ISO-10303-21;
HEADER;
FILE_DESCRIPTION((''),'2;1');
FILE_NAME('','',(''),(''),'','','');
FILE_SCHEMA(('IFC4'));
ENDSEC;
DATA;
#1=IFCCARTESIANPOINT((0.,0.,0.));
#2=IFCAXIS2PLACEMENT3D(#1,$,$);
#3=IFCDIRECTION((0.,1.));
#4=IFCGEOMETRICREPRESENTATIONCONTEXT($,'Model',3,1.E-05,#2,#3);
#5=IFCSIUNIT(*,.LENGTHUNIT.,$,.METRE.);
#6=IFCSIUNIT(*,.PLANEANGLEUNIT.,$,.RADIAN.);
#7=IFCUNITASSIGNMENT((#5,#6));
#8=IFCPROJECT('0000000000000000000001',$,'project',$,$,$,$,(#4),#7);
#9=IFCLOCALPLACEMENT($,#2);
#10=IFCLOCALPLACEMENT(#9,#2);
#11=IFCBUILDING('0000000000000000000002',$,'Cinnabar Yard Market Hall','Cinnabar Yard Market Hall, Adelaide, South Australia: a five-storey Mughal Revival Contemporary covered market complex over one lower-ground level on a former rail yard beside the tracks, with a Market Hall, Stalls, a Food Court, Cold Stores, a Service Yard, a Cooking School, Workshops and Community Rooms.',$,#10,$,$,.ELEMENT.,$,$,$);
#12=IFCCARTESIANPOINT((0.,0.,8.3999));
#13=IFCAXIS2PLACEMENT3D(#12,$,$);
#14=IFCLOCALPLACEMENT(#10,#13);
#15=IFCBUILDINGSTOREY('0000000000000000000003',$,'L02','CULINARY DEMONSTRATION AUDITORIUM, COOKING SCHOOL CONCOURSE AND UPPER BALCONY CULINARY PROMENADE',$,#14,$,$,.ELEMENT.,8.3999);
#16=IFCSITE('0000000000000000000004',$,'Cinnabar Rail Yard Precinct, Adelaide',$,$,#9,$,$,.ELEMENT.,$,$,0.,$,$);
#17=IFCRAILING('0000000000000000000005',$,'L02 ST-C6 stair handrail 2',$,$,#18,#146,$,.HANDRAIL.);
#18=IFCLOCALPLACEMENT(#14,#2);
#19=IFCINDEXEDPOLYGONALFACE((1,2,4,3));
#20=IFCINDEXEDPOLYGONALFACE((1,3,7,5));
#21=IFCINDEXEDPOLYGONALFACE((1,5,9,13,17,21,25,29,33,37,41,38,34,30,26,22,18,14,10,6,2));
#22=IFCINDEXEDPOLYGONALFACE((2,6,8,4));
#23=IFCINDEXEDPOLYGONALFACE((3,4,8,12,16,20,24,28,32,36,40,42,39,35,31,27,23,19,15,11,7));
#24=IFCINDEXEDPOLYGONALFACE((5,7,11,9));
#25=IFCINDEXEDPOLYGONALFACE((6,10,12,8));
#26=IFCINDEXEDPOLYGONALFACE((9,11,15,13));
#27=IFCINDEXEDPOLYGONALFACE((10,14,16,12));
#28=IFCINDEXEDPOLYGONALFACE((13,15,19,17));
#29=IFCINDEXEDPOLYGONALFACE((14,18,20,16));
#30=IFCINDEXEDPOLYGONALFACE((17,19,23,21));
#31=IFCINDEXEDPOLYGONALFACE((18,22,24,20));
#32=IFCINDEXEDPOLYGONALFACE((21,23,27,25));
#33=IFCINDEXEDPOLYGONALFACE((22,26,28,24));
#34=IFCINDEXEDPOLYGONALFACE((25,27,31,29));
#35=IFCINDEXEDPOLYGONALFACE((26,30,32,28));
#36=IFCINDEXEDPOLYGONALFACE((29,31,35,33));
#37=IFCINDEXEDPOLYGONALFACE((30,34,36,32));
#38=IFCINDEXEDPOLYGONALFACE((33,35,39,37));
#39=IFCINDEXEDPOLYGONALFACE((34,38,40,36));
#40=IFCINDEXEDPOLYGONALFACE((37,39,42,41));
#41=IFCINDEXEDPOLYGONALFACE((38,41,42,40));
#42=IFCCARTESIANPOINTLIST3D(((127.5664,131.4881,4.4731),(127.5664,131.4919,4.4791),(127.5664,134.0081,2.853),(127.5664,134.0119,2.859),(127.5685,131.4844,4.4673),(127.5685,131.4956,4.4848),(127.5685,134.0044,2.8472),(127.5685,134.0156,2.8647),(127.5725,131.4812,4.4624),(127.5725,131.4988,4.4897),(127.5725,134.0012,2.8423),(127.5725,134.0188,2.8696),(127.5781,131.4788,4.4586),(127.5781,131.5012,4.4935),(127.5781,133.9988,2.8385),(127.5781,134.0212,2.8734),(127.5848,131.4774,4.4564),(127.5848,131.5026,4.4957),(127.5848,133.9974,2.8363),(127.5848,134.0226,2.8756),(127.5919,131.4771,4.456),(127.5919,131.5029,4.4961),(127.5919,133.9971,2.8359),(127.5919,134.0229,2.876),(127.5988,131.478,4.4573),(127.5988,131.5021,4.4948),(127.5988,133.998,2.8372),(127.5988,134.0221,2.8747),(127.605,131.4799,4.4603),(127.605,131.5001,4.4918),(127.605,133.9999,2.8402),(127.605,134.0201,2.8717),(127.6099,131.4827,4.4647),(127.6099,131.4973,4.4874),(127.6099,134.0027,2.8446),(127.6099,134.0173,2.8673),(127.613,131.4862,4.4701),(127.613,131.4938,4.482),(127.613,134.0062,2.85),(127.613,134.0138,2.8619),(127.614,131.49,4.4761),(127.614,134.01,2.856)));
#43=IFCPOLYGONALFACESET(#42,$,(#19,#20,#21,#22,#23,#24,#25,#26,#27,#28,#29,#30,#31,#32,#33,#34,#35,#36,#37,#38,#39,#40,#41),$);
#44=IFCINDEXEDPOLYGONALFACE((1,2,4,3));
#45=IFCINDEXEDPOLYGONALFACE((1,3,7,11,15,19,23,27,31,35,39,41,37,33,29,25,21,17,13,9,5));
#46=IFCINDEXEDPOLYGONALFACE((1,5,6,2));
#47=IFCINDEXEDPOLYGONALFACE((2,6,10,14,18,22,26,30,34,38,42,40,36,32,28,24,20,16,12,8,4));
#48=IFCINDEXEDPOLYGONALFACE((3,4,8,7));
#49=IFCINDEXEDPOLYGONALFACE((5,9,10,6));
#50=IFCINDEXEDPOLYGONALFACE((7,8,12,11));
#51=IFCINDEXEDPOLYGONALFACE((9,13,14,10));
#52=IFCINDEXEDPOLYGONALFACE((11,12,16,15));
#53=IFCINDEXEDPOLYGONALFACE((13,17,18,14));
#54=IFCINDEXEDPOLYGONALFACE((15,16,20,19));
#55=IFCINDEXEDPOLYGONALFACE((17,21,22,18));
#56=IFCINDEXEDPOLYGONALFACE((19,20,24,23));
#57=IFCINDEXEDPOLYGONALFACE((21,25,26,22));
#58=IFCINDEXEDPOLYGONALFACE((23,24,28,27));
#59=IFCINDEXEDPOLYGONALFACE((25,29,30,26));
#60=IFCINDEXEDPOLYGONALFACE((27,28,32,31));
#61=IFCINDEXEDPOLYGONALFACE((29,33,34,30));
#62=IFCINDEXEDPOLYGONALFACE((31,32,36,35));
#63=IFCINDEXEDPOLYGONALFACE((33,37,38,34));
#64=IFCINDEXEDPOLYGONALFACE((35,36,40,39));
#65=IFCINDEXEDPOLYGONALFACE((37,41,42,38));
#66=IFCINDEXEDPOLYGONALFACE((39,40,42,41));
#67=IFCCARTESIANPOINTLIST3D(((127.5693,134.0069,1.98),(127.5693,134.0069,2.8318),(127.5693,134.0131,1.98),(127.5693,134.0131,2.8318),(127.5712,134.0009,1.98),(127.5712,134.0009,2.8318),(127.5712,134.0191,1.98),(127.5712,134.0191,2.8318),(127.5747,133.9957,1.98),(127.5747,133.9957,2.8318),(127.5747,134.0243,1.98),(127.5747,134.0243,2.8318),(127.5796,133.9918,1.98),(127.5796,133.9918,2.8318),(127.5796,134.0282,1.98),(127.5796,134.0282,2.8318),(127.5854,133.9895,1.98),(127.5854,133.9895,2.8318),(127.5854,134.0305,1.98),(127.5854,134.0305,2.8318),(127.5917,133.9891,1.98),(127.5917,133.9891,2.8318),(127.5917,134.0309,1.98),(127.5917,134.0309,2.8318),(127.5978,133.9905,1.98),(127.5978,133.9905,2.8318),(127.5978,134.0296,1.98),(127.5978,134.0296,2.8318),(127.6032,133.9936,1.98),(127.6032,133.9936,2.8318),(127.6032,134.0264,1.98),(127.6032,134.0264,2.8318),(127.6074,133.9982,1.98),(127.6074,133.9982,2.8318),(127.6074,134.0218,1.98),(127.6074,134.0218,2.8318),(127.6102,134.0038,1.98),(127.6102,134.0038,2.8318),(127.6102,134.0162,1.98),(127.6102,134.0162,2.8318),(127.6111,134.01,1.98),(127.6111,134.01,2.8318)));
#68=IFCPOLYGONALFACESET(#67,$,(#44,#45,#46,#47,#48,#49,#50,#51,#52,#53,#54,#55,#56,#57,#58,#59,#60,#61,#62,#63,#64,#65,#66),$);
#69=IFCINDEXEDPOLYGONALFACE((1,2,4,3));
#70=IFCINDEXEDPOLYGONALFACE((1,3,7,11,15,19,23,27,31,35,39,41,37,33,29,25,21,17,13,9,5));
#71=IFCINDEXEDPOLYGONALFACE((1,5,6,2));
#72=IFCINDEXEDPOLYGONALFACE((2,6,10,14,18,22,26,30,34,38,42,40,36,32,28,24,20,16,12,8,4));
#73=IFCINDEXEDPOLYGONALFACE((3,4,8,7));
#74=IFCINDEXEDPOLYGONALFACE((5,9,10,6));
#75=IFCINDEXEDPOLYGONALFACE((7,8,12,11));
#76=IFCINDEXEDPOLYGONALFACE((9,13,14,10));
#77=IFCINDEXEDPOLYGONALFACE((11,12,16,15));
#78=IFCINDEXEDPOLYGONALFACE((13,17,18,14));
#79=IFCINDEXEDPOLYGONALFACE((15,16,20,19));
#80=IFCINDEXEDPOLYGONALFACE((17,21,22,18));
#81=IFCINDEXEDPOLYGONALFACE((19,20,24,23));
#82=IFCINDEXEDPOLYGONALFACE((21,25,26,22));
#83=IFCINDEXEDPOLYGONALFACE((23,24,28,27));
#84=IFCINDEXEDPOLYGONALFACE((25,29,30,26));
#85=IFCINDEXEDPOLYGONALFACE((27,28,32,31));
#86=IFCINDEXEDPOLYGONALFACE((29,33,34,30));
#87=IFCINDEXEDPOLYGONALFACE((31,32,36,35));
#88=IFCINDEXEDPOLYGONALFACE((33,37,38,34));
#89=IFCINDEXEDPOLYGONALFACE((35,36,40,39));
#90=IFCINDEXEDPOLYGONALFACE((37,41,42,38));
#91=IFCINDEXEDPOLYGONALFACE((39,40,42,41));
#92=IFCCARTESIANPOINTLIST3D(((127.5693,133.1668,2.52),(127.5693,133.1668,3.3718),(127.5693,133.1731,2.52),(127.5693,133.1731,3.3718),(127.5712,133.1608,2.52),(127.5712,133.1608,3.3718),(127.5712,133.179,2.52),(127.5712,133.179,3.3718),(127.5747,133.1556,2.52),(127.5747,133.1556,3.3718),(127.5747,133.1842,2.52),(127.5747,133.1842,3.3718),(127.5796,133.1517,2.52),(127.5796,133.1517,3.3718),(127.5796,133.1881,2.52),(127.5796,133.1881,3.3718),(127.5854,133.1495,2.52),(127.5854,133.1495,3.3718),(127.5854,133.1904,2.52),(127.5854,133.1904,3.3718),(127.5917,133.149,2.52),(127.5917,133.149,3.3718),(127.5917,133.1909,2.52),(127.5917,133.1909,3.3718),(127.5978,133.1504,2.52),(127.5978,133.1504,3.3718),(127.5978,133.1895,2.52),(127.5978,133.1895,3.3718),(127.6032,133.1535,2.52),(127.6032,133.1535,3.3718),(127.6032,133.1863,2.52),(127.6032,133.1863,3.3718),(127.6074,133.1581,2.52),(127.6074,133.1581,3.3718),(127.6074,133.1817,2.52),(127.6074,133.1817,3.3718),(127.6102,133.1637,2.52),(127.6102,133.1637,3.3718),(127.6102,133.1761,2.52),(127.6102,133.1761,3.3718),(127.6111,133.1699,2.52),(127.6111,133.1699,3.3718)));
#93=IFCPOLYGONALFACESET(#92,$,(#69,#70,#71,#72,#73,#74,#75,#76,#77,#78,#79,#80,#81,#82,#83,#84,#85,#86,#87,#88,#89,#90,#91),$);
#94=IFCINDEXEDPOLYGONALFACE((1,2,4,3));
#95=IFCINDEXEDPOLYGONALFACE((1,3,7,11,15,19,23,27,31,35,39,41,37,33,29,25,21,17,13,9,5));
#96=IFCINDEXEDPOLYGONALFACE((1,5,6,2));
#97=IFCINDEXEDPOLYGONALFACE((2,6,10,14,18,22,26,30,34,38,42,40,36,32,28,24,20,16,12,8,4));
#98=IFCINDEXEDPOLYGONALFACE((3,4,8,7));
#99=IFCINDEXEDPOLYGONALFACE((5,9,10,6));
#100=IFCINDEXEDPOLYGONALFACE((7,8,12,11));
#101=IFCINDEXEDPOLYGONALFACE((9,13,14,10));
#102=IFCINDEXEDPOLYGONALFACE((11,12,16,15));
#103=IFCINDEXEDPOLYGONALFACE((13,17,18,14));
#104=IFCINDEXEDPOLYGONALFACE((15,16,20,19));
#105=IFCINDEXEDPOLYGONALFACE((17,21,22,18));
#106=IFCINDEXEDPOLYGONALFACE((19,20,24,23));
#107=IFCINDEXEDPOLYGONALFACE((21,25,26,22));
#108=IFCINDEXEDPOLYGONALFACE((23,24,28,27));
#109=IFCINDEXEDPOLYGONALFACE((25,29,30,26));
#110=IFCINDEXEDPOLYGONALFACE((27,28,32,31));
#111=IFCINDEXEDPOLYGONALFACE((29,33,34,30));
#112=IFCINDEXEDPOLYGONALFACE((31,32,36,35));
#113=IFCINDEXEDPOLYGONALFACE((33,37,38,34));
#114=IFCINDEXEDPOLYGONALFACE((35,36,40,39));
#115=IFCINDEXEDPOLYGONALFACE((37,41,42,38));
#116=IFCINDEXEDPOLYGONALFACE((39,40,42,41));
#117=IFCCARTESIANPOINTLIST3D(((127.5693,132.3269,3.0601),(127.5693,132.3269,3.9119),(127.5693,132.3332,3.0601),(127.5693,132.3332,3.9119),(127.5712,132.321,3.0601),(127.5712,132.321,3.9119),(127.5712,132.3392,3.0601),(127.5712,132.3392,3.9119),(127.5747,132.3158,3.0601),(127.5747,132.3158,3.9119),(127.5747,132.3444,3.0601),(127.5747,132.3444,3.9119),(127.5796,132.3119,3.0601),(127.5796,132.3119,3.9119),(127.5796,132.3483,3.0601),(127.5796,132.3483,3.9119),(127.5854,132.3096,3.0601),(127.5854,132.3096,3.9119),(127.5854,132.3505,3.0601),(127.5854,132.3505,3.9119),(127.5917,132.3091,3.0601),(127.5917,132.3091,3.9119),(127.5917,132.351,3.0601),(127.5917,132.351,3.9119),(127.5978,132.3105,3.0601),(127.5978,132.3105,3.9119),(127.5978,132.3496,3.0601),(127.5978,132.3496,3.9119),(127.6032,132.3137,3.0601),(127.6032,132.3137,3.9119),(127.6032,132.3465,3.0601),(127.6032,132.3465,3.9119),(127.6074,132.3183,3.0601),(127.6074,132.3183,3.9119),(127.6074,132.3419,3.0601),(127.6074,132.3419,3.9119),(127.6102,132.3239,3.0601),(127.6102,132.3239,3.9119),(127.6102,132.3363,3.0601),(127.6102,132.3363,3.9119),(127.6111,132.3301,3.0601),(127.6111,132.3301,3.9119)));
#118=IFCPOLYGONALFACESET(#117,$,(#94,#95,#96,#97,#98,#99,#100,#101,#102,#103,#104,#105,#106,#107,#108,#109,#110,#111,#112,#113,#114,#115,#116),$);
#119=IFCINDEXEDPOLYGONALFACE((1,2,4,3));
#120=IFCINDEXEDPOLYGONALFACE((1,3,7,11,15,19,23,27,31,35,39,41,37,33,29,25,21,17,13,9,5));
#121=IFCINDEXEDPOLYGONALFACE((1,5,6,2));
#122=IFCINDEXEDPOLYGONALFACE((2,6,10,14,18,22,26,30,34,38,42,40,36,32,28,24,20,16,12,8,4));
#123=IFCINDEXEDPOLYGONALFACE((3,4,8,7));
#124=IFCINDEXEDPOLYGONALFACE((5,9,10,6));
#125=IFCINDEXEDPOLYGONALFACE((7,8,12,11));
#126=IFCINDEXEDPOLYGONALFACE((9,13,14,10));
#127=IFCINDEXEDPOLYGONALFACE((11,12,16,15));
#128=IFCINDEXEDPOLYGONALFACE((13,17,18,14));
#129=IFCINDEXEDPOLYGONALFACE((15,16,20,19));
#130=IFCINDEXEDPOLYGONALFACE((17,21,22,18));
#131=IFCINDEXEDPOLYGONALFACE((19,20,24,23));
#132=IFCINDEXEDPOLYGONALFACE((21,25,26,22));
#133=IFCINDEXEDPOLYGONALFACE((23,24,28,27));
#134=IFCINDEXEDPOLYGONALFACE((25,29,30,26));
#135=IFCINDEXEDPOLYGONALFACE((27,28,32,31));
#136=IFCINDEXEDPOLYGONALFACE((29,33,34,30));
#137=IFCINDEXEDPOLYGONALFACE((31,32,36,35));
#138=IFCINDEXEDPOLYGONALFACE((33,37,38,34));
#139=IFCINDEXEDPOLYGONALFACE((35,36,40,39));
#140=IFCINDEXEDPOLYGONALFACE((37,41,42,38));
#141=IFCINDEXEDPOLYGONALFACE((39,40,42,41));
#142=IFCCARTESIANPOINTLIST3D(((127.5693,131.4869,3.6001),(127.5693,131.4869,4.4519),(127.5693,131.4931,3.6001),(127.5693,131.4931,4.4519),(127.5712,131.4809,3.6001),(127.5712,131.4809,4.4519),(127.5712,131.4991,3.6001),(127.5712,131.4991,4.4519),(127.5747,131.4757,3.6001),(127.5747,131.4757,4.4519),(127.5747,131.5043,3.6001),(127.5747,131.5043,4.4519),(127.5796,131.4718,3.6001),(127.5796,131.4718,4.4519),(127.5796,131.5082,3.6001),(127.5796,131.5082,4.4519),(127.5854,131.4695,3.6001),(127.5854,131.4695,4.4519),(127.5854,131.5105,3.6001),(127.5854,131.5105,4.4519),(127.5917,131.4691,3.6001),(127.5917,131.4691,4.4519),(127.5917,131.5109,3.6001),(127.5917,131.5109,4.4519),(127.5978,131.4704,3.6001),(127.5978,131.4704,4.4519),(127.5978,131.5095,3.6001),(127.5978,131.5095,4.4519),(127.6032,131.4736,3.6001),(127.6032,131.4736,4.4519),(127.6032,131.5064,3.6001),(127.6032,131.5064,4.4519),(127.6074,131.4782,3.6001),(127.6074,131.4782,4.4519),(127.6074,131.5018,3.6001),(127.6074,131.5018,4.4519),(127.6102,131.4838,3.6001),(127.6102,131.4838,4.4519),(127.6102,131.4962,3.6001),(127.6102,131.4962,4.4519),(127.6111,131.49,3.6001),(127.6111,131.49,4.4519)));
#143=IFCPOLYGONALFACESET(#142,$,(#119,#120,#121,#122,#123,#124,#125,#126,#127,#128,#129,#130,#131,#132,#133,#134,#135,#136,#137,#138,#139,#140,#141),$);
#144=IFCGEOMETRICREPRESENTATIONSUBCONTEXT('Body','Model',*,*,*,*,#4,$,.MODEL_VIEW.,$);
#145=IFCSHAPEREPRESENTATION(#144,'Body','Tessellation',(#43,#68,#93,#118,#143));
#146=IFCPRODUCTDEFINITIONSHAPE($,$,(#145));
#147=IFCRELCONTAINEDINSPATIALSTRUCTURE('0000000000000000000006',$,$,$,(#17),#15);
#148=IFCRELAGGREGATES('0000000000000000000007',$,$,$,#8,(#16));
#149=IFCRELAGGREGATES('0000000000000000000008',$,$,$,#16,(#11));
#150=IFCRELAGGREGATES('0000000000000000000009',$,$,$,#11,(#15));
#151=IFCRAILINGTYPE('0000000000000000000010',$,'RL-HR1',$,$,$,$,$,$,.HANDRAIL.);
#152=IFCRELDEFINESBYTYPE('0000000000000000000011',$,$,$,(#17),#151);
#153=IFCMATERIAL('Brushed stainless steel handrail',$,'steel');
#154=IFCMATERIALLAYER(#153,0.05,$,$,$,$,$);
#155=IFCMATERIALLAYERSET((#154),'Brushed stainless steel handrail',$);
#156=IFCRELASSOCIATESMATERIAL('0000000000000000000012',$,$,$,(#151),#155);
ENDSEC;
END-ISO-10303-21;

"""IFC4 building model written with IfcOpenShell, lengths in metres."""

from ifc_helpers import new_model, si_unit, direction, frame, origin, origin_2d_with_axis, place, context, subcontext, project, spatial, circle, extrude, material, layer, layer_set, type_object, element, save


model = new_model("IFC4")

# Units and contexts
model_context = context("Model", 3, precision=1e-05, world=origin(), true_north=direction((0.0, 1.0)))
body_context = subcontext(model_context, "Body", "Model", "MODEL_VIEW")
ifc_project = project(units=[si_unit("LENGTHUNIT", "METRE"), si_unit("PLANEANGLEUNIT", "RADIAN")], contexts=[model_context])

# Site, building, storey
site_placement = place(None, origin())
site = spatial("IfcSite", under=ifc_project, at=site_placement, Name="Cinnabar Rail Yard Precinct, Adelaide", CompositionType="ELEMENT", RefElevation=0.0)
building_placement = place(site_placement, origin())
building = spatial("IfcBuilding", under=site, at=building_placement, Name="Cinnabar Yard Market Hall", Description="Cinnabar Yard Market Hall, Adelaide, South Australia: a five-storey Mughal Revival Contemporary covered market complex over one lower-ground level on a former rail yard beside the tracks, with a Market Hall, Stalls, a Food Court, Cold Stores, a Service Yard, a Cooking School, Workshops and Community Rooms.", CompositionType="ELEMENT")
storey_placement = place(building_placement, frame((0.0, 0.0, 8.3999)))
storey = spatial("IfcBuildingStorey", under=building, at=storey_placement, Name="L02", Description="CULINARY DEMONSTRATION AUDITORIUM, COOKING SCHOOL CONCOURSE AND UPPER BALCONY CULINARY PROMENADE", CompositionType="ELEMENT", Elevation=8.3999)

# Railing
ifc_material_1 = material(Name="Brushed stainless steel handrail", Category="steel")
ifc_layer_1 = layer(ifc_material_1, 0.05)
ifc_layer_set_1 = layer_set([ifc_layer_1], Name="Brushed stainless steel handrail")
railing_type_1 = type_object("IfcRailingType", Name="RL-HR1", PredefinedType="HANDRAIL", material=ifc_layer_set_1)
railing_1_placement = place(storey_placement, frame((127.5901, 134.01, 1.98)))
element("IfcRailing", 1, at=railing_1_placement, inside=storey, type_object=railing_type_1, Name="L02 ST-C6 stair handrail 2", PredefinedType="HANDRAIL", context=body_context, shape_type="SweptSolid", body=[
    extrude(circle(Radius=0.0239, at=origin_2d_with_axis()), frame((0.0, 0.0, 0.876), z_axis=(0.0, -0.841163, 0.540782), x_axis=(1.0, 0.0, 0.0)), (0.0, 0.0, 1.0), 2.9958),
    extrude(circle(Radius=0.021, at=origin_2d_with_axis()), origin(), (0.0, 0.0, 1.0), 0.8518),
    extrude(circle(Radius=0.021, at=origin_2d_with_axis()), frame((0.0, -0.8401, 0.54)), (0.0, 0.0, 1.0), 0.8518),
    extrude(circle(Radius=0.021, at=origin_2d_with_axis()), frame((0.0, -1.6799, 1.0801)), (0.0, 0.0, 1.0), 0.8518),
    extrude(circle(Radius=0.021, at=origin_2d_with_axis()), frame((0.0, -2.52, 1.6201)), (0.0, 0.0, 1.0), 0.8518),
])

save(model, "model.ifc")
